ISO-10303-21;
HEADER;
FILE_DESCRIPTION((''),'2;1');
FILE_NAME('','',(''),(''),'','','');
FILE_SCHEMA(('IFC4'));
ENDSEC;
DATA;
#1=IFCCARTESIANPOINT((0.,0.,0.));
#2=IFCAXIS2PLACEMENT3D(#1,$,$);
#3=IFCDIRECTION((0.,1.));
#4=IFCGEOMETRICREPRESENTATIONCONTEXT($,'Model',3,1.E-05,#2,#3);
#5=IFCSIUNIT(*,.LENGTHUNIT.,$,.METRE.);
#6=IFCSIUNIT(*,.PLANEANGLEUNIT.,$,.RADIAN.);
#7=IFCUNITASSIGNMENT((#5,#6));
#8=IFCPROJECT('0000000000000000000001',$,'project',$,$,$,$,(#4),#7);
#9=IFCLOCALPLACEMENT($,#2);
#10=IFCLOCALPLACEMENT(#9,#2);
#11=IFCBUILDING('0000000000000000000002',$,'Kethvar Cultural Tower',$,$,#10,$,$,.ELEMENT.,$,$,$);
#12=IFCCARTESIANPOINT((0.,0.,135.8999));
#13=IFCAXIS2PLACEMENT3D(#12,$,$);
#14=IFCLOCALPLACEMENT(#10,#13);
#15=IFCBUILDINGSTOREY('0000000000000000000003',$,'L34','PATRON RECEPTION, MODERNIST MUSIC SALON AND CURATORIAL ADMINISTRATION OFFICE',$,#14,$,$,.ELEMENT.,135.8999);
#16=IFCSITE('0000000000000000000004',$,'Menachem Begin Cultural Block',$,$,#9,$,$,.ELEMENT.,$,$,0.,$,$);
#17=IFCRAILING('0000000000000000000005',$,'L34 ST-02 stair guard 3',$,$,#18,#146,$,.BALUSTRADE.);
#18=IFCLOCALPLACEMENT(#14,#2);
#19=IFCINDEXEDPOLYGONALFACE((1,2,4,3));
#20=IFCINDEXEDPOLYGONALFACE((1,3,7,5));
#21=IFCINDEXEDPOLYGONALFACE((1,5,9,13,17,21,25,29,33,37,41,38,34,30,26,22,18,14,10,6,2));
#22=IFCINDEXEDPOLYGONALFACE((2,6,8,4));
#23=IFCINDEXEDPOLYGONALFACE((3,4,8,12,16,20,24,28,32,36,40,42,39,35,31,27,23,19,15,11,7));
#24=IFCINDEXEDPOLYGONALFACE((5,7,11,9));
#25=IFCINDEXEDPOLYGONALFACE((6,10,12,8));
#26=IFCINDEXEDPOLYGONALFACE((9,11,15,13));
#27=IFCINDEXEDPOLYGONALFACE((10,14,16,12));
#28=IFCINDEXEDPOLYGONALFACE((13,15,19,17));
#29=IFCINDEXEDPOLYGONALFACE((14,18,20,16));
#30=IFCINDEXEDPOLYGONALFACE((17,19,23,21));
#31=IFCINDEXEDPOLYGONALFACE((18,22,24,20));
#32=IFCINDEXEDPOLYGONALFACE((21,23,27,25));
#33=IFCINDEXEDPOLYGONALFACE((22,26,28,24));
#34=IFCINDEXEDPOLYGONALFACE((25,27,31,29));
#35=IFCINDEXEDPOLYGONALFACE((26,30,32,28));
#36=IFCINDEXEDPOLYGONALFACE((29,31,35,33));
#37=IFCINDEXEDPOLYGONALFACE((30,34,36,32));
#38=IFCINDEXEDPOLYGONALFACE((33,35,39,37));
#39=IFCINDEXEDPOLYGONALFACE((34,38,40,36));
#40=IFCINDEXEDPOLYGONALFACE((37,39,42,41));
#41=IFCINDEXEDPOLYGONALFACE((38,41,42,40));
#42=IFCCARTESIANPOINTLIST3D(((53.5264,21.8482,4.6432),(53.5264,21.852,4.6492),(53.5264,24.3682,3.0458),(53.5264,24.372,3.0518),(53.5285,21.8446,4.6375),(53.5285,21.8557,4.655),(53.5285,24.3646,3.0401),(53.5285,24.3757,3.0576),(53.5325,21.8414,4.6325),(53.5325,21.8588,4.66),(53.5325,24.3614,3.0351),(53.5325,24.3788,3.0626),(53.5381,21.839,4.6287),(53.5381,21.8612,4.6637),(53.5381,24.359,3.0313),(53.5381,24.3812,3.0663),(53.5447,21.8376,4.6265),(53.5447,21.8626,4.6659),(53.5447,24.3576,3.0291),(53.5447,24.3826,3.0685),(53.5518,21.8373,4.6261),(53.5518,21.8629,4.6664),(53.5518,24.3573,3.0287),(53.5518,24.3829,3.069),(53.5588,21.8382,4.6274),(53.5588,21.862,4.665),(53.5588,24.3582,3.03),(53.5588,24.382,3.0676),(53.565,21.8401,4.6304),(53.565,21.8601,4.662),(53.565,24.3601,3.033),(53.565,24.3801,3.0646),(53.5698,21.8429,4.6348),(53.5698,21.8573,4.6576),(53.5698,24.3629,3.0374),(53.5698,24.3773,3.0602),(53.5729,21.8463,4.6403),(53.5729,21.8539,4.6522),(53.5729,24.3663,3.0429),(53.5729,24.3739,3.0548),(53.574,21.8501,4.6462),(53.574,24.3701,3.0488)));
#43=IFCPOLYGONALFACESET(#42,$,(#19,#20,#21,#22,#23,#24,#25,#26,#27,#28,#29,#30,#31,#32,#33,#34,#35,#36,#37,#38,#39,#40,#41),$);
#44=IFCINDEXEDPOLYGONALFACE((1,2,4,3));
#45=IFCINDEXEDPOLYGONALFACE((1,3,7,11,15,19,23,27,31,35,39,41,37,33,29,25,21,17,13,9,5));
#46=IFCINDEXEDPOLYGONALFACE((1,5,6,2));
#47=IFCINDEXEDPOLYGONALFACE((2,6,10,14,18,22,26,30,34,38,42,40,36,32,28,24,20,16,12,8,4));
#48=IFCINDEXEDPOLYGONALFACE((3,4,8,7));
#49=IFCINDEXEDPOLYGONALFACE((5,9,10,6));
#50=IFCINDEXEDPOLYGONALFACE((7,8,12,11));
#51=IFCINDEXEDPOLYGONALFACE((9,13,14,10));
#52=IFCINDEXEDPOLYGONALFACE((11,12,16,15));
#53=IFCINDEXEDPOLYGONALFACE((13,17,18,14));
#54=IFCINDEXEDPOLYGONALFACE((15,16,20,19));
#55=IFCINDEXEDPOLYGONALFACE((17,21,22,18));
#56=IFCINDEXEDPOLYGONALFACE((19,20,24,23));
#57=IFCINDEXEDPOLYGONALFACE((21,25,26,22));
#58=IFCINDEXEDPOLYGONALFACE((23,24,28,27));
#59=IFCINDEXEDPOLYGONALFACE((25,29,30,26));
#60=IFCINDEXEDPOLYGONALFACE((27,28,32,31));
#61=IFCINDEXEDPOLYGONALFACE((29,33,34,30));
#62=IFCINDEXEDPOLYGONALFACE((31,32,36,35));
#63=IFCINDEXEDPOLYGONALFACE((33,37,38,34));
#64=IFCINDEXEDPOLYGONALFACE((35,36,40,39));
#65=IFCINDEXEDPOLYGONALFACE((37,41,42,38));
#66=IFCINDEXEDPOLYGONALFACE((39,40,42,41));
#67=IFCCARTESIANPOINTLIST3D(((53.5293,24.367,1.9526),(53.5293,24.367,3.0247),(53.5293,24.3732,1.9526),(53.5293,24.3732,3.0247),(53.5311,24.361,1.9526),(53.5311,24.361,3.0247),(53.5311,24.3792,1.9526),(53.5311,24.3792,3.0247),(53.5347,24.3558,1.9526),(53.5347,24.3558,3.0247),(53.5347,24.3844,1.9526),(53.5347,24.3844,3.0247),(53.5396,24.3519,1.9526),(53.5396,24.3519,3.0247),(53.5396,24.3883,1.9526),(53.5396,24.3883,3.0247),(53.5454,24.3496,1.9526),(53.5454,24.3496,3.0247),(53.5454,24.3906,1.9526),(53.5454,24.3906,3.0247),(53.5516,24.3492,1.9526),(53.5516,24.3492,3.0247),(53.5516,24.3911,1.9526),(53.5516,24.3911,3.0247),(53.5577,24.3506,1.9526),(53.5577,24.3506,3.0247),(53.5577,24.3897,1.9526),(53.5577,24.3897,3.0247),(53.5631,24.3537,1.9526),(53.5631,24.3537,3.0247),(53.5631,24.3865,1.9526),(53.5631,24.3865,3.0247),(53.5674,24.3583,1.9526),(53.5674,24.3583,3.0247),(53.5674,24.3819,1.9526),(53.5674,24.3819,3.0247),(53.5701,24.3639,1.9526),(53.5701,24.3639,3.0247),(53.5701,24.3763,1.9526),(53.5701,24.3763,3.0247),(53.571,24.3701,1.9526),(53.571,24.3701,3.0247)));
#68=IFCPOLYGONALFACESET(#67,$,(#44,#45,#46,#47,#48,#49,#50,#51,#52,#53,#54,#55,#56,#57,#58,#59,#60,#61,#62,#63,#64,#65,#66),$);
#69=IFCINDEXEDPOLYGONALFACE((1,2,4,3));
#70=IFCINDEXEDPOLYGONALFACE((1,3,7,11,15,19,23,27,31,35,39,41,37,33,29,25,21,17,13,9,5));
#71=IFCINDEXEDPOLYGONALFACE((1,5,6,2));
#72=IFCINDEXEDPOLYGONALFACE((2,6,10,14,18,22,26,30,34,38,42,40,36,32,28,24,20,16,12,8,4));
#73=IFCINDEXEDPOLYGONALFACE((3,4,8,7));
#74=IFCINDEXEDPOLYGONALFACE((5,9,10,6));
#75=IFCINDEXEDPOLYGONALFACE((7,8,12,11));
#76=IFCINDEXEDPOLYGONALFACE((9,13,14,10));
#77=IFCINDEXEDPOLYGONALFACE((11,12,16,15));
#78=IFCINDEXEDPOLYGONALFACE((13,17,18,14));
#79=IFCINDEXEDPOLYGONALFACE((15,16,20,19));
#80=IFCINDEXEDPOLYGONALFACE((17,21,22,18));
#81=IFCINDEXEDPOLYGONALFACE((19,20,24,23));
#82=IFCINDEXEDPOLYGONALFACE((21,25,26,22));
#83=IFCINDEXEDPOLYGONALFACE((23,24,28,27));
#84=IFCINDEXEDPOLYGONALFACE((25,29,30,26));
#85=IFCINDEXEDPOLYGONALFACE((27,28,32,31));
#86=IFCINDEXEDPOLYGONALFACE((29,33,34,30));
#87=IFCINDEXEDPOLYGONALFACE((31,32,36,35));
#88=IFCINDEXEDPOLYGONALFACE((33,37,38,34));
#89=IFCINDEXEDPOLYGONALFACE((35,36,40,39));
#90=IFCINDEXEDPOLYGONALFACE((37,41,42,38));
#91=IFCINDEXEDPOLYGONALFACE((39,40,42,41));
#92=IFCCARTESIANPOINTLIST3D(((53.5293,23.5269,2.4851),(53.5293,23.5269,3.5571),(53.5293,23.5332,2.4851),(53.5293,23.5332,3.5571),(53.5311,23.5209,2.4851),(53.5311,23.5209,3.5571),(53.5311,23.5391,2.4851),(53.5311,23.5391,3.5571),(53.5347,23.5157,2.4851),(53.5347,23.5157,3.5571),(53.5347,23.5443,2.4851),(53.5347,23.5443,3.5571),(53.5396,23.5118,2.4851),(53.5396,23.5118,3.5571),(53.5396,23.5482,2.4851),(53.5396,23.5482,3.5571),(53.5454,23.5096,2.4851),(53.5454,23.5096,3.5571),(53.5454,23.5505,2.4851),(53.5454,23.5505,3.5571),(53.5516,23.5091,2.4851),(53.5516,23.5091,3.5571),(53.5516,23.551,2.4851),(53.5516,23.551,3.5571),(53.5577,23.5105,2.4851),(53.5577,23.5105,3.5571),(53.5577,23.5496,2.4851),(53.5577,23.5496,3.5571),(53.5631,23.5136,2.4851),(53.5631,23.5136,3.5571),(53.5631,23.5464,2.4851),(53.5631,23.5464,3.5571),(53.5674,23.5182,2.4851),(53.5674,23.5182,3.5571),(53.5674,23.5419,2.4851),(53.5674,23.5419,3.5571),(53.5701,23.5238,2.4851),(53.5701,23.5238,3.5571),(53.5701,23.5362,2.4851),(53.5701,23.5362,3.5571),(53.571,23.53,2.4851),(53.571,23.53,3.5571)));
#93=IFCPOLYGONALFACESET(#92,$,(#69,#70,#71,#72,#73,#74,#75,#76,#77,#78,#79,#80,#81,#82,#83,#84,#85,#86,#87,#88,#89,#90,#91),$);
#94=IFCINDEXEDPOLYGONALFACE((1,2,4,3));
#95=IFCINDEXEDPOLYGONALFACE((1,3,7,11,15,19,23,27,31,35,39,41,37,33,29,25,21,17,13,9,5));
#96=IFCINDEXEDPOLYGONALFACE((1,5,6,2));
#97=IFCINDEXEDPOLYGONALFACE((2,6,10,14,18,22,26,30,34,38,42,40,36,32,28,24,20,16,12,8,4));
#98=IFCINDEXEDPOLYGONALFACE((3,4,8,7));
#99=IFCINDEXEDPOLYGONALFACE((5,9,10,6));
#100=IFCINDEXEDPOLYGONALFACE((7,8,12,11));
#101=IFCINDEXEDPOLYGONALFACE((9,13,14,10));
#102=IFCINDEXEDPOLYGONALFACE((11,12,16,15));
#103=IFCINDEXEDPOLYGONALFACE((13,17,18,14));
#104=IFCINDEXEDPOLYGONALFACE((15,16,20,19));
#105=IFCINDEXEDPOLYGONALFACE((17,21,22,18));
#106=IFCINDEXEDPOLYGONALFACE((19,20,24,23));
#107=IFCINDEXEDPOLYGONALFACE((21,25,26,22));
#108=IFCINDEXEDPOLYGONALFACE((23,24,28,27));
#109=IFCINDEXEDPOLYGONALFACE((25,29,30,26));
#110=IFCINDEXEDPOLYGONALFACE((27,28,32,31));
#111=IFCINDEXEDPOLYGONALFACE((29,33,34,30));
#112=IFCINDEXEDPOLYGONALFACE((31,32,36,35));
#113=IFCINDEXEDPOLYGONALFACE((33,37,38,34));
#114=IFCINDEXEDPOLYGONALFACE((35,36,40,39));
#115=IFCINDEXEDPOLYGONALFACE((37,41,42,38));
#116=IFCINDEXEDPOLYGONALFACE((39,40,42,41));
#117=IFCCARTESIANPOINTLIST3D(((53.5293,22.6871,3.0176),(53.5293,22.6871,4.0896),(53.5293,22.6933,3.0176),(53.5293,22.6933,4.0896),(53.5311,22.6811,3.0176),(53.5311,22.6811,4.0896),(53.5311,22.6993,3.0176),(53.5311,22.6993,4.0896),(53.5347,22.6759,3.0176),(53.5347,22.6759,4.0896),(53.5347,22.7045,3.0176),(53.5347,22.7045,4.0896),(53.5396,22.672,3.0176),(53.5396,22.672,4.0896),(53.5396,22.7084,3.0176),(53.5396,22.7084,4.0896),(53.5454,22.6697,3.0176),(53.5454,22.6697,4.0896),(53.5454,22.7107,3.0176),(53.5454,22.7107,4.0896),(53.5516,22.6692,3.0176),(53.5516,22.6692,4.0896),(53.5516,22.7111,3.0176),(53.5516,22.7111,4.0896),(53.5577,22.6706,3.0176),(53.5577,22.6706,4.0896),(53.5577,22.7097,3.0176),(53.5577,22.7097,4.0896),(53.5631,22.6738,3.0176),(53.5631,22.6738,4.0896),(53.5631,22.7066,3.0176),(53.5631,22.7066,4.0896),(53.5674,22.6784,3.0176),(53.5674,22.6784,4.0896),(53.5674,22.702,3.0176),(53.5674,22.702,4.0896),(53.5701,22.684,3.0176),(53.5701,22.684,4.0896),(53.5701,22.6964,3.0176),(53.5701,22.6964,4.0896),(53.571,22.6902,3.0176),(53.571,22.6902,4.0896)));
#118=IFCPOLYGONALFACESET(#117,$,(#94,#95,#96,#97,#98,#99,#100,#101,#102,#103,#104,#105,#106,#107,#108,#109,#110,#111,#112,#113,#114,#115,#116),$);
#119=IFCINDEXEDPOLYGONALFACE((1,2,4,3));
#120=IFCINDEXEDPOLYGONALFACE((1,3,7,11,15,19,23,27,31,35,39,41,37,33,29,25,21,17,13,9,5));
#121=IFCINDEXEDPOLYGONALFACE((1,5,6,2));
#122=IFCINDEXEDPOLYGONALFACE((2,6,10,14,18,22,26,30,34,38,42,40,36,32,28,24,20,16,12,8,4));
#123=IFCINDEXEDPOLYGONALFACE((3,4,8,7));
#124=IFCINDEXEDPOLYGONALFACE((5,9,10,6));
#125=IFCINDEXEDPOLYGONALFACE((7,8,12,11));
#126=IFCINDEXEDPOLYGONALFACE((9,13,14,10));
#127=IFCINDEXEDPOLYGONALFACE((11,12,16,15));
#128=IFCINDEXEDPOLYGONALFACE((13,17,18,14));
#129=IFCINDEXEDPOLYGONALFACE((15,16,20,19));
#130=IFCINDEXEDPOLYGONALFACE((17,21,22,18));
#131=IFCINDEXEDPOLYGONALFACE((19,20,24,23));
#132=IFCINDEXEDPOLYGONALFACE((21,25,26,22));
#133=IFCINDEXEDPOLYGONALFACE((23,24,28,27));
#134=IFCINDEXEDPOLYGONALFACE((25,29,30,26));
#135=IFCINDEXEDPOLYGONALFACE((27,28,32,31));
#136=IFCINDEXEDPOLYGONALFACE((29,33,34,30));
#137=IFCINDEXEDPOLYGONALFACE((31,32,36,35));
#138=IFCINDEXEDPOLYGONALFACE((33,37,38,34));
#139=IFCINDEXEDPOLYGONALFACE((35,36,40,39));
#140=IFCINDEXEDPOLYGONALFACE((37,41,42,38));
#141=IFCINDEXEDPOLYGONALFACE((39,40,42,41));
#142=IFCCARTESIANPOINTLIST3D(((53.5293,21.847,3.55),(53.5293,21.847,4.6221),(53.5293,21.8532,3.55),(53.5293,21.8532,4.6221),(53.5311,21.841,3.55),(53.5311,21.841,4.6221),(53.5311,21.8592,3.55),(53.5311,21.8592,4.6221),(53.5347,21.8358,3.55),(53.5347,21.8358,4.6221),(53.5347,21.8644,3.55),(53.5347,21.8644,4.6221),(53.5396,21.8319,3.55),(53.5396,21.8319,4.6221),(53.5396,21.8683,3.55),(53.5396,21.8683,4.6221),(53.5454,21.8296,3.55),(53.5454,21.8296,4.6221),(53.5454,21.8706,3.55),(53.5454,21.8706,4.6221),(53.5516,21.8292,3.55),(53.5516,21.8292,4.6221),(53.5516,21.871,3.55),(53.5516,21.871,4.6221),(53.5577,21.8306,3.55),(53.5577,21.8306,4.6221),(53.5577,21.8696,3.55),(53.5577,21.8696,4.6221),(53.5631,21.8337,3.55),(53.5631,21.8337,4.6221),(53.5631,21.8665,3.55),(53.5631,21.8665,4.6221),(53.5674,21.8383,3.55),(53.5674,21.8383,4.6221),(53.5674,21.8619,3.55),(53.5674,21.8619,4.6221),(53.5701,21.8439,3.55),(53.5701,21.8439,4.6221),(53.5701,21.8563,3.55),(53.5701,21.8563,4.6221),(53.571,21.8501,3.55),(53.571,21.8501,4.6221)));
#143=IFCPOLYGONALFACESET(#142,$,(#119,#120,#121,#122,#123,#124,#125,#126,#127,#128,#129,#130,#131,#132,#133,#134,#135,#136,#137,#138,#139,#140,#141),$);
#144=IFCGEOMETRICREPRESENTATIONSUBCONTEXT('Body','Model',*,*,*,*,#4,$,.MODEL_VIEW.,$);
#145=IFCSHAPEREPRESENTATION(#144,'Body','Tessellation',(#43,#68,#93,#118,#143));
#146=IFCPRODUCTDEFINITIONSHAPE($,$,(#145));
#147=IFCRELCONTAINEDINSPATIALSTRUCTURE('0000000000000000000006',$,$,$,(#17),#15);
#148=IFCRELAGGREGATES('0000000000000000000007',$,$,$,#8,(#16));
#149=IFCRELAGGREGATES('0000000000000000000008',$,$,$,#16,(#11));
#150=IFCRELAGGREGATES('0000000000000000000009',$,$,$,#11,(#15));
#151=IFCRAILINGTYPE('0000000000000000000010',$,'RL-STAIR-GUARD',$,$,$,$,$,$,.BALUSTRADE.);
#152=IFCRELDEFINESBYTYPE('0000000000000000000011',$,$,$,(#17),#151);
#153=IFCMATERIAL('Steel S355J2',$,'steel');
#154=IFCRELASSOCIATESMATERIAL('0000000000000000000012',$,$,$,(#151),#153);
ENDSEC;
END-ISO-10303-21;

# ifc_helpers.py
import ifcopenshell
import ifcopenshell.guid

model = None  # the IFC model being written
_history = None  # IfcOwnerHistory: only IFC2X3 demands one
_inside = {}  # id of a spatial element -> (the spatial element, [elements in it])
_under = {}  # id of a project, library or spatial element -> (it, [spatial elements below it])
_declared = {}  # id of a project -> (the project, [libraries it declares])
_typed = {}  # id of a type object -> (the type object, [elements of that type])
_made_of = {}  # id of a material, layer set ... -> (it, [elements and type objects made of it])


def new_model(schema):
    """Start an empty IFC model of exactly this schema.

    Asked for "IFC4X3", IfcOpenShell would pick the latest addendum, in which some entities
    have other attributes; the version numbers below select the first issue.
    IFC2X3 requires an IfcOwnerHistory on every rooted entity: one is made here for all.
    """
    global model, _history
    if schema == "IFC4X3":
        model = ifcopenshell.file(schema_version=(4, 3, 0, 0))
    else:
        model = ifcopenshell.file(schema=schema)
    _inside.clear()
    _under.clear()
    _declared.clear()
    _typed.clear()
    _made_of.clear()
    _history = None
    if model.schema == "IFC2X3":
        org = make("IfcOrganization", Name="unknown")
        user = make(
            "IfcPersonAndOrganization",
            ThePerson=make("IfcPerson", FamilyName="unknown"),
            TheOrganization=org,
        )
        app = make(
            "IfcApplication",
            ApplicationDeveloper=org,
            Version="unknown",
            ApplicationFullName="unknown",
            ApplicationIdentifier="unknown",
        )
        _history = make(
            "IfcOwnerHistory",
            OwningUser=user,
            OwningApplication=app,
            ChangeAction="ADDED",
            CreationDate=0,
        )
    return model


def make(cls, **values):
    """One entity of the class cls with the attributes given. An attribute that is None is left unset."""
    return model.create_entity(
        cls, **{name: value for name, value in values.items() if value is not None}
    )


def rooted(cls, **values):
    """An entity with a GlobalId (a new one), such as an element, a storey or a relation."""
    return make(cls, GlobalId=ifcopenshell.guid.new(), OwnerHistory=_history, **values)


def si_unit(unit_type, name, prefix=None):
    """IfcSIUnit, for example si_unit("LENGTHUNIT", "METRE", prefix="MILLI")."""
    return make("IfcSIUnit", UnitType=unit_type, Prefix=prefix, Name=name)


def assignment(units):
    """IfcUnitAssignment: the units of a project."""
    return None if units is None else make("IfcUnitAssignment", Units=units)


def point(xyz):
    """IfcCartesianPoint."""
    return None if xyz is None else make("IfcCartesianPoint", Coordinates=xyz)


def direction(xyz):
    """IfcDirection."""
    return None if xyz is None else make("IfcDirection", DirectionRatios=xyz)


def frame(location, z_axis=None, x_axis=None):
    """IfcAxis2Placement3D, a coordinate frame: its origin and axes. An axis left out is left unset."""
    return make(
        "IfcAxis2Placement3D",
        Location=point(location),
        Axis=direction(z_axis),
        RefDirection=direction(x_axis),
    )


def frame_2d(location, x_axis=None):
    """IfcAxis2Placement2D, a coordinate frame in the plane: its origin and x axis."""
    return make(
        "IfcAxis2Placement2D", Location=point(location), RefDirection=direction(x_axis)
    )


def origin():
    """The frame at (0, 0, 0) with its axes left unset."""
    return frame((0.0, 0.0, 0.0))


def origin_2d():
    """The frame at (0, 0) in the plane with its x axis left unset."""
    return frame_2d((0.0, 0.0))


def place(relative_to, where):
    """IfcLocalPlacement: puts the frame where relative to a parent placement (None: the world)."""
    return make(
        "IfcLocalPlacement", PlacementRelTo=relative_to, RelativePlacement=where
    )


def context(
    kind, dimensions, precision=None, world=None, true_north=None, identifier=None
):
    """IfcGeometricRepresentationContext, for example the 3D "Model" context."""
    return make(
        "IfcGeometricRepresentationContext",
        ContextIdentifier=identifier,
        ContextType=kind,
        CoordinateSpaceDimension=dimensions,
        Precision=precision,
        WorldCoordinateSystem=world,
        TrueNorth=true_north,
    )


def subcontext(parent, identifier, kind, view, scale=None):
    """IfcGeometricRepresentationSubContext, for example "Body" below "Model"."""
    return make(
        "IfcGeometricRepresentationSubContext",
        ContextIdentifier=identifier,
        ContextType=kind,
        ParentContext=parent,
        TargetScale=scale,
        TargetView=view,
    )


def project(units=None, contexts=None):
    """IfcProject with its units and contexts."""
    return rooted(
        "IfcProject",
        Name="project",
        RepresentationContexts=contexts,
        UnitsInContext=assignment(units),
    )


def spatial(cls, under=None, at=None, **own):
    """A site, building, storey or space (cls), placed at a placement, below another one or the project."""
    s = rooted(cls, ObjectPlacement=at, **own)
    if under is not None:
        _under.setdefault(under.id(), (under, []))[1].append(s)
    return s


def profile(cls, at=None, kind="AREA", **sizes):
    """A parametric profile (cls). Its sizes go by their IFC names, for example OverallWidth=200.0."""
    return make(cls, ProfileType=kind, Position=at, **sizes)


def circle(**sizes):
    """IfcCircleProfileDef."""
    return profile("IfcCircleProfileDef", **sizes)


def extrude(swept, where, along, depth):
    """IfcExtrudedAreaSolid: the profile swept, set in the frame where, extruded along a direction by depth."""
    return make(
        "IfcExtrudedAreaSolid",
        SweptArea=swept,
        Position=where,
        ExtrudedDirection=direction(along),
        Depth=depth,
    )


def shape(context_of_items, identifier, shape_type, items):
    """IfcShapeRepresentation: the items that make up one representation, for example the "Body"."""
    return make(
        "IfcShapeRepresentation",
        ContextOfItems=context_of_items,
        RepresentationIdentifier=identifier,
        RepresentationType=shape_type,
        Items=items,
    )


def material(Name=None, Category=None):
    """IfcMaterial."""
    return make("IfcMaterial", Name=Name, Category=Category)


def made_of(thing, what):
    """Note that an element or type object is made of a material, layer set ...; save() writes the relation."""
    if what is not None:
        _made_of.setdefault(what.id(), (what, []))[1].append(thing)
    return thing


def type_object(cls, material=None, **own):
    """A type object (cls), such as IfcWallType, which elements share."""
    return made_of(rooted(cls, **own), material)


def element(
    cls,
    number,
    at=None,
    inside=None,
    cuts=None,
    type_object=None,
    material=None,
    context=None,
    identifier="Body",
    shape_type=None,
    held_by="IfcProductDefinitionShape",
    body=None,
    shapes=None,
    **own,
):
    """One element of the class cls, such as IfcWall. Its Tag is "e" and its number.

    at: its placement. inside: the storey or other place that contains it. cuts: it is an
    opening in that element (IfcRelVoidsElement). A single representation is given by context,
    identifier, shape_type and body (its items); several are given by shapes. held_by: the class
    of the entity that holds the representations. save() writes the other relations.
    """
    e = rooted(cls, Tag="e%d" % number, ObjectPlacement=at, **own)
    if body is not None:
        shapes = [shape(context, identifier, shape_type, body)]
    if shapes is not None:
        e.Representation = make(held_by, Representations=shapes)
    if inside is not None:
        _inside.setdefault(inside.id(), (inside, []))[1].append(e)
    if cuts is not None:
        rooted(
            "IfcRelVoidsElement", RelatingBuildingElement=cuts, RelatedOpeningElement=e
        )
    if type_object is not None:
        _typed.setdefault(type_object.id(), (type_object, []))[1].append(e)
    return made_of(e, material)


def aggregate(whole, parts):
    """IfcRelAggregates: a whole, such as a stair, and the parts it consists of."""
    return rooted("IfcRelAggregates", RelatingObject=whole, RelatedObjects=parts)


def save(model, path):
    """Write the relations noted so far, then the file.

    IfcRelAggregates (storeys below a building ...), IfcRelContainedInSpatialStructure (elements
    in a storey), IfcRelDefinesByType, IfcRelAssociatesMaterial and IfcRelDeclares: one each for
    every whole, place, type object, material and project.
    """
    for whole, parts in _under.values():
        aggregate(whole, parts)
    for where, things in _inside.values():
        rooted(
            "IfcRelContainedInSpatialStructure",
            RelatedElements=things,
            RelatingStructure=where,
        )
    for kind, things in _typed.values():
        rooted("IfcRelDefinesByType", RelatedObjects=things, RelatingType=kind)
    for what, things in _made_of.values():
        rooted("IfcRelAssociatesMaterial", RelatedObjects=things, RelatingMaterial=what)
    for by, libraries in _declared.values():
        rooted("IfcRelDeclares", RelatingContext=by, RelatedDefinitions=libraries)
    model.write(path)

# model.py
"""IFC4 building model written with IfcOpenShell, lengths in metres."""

from ifc_helpers import new_model, si_unit, direction, frame, origin, origin_2d, place, context, subcontext, project, spatial, circle, extrude, material, type_object, element, save


model = new_model("IFC4")

# Units and contexts
model_context = context("Model", 3, precision=1e-05, world=origin(), true_north=direction((0.0, 1.0)))
body_context = subcontext(model_context, "Body", "Model", "MODEL_VIEW")
ifc_project = project(units=[si_unit("LENGTHUNIT", "METRE"), si_unit("PLANEANGLEUNIT", "RADIAN")], contexts=[model_context])

# Site, building, storey
site_placement = place(None, origin())
site = spatial("IfcSite", under=ifc_project, at=site_placement, Name="Menachem Begin Cultural Block", CompositionType="ELEMENT", RefElevation=0.0)
building_placement = place(site_placement, origin())
building = spatial("IfcBuilding", under=site, at=building_placement, Name="Kethvar Cultural Tower", CompositionType="ELEMENT")
storey_placement = place(building_placement, frame((0.0, 0.0, 135.8999)))
storey = spatial("IfcBuildingStorey", under=building, at=storey_placement, Name="L34", Description="PATRON RECEPTION, MODERNIST MUSIC SALON AND CURATORIAL ADMINISTRATION OFFICE", CompositionType="ELEMENT", Elevation=135.8999)

# Shared definitions
ifc_material_1 = material(Name="Steel S355J2", Category="steel")

# Railing
railing_type_1 = type_object("IfcRailingType", Name="RL-STAIR-GUARD", PredefinedType="BALUSTRADE", material=ifc_material_1)
railing_1_placement = place(storey_placement, frame((53.55, 24.3701, 1.9526)))
element("IfcRailing", 1, at=railing_1_placement, inside=storey, type_object=railing_type_1, Name="L34 ST-02 stair guard 3", PredefinedType="BALUSTRADE", context=body_context, shape_type="SweptSolid", body=[
    extrude(circle(Radius=0.0239, at=origin_2d()), frame((0.0, 0.0, 1.0962), z_axis=(0.0, -0.844607, 0.535387), x_axis=(1.0, 0.0, 0.0)), (0.0, 0.0, 1.0), 2.9836),
    extrude(circle(Radius=0.021, at=origin_2d()), origin(), (0.0, 0.0, 1.0), 1.072),
    extrude(circle(Radius=0.021, at=origin_2d()), frame((0.0, -0.8401, 0.5325)), (0.0, 0.0, 1.0), 1.072),
    extrude(circle(Radius=0.021, at=origin_2d()), frame((0.0, -1.6799, 1.0649)), (0.0, 0.0, 1.0), 1.072),
    extrude(circle(Radius=0.021, at=origin_2d()), frame((0.0, -2.52, 1.5974)), (0.0, 0.0, 1.0), 1.072),
])

save(model, "model.ifc")
